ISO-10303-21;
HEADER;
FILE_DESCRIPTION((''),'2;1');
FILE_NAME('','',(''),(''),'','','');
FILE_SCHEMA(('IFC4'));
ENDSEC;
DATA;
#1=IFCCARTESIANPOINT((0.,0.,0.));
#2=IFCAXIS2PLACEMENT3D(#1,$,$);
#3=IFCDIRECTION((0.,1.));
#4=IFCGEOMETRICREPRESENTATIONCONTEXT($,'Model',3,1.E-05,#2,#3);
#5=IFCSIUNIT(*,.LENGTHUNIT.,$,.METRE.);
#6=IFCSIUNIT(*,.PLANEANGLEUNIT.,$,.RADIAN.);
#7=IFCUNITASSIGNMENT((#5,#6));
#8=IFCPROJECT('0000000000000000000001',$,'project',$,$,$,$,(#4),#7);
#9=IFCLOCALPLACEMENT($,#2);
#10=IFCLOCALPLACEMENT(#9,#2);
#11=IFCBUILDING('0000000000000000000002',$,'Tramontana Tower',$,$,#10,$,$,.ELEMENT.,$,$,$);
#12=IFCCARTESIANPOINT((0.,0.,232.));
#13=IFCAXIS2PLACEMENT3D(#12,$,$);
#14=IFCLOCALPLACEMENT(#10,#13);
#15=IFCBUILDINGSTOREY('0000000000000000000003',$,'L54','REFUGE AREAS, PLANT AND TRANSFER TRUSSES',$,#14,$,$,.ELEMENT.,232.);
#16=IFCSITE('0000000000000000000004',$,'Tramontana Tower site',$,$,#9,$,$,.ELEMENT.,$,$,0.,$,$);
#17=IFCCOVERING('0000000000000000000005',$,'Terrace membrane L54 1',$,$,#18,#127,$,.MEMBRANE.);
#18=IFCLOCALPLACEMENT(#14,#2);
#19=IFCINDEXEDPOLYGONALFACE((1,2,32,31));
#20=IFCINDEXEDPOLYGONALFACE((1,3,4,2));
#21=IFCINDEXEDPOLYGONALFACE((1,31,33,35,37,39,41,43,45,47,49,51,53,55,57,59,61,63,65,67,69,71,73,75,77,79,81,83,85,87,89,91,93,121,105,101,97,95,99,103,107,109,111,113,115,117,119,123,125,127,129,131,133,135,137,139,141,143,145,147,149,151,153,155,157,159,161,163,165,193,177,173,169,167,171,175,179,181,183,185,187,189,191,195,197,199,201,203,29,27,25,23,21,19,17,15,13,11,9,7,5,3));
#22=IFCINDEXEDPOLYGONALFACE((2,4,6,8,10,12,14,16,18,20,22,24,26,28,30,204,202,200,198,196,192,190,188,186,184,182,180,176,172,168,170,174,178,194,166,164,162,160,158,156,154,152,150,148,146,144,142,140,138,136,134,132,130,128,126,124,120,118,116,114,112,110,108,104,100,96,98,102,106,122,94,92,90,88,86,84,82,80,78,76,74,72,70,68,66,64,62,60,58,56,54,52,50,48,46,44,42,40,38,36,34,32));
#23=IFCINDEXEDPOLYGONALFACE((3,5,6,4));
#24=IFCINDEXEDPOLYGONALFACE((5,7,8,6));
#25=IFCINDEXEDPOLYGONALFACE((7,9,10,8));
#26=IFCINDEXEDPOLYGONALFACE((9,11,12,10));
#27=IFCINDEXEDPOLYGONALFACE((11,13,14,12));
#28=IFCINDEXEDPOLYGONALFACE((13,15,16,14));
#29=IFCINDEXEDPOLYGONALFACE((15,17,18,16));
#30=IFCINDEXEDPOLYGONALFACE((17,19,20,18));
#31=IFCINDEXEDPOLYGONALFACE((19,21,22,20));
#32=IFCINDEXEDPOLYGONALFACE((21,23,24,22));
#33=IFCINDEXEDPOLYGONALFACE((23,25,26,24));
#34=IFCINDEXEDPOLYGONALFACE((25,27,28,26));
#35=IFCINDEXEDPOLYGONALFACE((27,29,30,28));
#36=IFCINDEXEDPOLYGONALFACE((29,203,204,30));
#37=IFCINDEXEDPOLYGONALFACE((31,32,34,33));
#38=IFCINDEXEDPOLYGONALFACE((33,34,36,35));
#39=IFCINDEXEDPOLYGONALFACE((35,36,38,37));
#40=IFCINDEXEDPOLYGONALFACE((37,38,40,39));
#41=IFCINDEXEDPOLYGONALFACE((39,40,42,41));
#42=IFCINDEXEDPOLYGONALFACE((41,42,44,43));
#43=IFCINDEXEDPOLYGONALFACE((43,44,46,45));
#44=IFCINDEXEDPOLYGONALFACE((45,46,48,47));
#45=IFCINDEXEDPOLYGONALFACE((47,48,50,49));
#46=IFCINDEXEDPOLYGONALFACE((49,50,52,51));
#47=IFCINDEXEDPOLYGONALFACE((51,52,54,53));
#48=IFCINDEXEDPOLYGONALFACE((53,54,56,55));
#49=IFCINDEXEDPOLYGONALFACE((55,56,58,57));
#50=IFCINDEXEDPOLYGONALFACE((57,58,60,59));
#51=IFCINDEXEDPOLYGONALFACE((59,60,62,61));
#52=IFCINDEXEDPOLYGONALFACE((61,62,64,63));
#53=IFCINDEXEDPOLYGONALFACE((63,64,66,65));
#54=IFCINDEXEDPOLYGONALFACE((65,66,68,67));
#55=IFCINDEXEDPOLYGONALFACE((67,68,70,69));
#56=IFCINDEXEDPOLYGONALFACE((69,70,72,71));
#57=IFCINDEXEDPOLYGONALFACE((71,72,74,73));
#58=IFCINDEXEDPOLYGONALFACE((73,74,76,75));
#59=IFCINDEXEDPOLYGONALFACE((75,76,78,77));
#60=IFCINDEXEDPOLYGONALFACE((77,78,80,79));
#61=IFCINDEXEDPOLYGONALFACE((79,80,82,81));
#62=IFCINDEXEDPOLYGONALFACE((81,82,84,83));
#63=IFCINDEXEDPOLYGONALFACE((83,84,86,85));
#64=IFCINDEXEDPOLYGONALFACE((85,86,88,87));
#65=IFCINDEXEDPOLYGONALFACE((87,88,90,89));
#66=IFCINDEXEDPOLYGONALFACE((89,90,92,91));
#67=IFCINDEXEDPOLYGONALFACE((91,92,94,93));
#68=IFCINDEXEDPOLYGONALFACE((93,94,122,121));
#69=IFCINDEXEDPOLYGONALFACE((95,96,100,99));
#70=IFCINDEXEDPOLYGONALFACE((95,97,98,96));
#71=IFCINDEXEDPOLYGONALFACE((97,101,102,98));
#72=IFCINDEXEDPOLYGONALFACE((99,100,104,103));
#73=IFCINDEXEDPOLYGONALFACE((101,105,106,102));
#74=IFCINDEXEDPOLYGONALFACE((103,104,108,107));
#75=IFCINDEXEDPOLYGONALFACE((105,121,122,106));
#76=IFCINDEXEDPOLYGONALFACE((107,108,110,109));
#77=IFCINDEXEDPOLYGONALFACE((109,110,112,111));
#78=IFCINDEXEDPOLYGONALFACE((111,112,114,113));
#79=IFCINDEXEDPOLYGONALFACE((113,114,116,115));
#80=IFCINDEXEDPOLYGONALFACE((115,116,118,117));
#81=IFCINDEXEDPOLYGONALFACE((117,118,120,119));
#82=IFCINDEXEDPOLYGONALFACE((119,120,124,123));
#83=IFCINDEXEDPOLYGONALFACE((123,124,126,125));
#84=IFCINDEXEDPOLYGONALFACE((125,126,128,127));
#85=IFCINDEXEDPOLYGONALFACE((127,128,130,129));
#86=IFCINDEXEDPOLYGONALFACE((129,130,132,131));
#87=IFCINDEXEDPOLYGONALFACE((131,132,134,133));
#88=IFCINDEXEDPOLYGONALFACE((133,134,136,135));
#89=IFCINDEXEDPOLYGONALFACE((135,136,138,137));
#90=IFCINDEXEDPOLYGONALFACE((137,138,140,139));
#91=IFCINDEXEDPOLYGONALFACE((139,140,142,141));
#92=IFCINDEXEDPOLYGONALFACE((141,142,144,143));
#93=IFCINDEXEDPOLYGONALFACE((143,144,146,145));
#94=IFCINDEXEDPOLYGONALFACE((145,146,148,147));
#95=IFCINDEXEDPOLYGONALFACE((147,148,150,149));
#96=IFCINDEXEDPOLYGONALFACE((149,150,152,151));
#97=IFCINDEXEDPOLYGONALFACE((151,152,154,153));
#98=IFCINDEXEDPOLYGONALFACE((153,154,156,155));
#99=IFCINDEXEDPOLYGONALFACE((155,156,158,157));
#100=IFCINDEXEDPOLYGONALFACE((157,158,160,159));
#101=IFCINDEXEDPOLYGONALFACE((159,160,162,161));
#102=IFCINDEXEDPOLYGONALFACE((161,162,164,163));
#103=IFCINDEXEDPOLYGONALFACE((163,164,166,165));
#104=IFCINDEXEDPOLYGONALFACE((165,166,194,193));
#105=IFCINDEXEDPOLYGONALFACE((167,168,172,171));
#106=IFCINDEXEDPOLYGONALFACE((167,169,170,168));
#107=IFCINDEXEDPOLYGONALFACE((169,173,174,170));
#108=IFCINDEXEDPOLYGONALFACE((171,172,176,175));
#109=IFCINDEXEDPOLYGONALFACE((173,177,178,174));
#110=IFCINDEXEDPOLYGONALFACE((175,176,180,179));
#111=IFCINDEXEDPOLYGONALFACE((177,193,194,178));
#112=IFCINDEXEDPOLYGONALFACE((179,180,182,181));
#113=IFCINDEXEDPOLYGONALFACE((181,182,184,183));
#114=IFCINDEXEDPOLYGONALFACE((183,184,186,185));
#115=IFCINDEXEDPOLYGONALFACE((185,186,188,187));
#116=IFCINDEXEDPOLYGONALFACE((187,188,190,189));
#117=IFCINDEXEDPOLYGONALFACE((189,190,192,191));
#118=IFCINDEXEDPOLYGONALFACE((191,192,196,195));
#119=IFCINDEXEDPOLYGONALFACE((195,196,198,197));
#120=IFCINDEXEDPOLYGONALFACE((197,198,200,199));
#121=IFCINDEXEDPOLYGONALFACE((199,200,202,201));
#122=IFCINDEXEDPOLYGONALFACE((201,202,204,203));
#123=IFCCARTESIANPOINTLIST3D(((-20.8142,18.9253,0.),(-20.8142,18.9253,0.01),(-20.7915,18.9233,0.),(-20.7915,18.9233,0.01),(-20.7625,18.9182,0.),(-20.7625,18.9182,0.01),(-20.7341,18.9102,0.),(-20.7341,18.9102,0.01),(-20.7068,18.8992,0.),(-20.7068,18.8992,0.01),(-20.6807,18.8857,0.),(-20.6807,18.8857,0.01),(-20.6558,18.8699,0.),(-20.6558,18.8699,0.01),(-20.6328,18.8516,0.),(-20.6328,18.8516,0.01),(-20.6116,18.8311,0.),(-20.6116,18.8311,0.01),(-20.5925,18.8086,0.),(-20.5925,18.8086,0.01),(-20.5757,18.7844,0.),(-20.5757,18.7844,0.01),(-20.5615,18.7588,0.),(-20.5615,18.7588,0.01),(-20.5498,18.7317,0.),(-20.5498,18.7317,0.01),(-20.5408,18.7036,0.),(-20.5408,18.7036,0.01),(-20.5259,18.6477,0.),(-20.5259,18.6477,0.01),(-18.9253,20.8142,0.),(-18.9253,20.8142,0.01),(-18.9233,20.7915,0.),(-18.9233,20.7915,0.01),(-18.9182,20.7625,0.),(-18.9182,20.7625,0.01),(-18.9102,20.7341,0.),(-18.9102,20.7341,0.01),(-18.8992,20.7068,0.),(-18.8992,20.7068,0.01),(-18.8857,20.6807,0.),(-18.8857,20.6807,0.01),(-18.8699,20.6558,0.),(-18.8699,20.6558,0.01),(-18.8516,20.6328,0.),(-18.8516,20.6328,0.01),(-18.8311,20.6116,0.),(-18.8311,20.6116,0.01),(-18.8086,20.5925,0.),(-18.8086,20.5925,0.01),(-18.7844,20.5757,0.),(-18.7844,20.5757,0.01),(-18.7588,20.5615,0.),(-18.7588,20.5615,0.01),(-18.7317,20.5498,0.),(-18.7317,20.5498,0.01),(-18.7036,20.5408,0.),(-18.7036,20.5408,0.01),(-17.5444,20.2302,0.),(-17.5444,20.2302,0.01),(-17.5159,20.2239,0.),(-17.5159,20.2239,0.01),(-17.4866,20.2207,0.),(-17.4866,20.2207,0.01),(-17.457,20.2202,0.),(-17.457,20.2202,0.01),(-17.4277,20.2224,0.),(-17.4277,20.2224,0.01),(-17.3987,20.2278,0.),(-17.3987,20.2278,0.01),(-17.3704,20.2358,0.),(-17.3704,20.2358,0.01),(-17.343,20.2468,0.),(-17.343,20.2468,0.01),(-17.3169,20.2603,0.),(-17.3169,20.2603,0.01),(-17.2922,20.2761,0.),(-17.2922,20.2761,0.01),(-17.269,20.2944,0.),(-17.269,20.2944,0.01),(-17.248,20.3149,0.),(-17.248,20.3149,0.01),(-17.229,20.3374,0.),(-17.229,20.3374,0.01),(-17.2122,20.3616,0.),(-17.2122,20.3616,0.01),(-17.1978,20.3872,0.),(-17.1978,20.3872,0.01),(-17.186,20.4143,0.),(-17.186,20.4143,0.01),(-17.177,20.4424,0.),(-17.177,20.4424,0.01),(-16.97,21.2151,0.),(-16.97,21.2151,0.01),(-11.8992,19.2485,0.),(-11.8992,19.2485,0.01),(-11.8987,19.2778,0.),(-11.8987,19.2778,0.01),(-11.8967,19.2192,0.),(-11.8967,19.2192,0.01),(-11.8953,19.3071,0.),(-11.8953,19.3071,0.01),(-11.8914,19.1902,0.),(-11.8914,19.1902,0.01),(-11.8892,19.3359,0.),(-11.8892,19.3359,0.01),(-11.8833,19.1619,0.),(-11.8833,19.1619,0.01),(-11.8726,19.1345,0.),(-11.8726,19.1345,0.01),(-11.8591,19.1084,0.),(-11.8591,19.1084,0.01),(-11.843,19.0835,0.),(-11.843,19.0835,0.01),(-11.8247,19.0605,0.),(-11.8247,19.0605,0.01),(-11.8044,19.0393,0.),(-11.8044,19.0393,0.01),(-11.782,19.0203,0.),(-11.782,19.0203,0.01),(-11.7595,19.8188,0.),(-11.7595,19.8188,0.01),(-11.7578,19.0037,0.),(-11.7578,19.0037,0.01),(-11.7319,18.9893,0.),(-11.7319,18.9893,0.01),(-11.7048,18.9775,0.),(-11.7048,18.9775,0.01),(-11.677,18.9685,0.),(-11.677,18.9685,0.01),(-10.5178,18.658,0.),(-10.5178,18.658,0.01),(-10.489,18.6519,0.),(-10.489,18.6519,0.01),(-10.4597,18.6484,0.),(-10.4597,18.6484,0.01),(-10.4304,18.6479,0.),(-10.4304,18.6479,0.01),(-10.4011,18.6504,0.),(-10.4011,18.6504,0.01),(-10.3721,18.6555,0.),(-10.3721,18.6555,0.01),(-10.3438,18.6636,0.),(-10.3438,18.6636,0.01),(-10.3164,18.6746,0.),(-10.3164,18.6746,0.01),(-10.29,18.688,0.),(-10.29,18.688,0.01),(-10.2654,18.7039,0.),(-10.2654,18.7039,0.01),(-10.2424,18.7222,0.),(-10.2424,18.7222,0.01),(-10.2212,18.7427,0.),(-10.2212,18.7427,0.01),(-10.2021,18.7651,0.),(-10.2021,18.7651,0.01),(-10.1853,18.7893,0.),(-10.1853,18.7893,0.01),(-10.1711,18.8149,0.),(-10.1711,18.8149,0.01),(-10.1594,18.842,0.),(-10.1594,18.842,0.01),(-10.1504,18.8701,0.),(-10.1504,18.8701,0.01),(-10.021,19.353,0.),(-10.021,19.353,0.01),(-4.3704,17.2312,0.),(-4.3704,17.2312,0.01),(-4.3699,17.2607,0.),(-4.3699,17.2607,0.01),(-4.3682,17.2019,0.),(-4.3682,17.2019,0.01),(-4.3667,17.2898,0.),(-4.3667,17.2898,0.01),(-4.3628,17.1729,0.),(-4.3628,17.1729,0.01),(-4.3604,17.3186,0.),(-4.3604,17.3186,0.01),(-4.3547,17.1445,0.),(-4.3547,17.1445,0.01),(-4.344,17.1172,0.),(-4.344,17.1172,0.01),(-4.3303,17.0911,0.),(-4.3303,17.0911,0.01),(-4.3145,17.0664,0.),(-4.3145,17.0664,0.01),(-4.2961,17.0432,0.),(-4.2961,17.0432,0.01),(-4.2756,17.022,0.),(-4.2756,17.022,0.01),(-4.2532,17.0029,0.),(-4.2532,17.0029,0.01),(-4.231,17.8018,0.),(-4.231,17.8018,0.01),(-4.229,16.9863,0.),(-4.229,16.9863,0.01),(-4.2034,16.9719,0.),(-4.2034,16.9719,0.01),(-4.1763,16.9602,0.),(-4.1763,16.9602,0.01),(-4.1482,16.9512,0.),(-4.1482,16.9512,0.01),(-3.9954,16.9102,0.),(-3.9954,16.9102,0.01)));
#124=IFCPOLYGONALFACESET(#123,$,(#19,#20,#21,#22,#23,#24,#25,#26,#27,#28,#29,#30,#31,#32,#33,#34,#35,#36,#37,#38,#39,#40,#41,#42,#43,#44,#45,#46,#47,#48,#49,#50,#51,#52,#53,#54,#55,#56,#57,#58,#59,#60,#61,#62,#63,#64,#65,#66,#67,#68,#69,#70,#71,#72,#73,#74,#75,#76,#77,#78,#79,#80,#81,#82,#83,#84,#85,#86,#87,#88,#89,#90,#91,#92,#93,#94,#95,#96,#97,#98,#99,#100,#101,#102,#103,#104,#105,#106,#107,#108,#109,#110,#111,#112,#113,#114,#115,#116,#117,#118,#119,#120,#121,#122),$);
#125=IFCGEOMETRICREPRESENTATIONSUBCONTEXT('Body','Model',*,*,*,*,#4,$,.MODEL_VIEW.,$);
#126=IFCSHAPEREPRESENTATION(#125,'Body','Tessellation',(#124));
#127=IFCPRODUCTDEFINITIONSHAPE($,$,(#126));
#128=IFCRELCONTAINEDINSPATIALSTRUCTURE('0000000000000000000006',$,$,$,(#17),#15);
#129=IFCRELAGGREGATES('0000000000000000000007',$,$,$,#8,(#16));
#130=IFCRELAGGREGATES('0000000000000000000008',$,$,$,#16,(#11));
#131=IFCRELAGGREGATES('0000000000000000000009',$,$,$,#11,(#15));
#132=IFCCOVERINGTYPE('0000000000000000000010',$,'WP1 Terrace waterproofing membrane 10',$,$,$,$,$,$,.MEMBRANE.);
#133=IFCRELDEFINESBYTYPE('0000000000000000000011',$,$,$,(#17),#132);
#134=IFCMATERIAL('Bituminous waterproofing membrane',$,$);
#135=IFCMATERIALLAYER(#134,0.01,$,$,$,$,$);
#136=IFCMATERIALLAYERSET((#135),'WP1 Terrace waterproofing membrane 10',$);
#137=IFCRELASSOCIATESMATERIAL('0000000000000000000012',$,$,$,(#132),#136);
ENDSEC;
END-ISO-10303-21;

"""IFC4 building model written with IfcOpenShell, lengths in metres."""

from ifc_helpers import new_model, si_unit, direction, frame, origin, place, context, subcontext, project, spatial, polyline, outline, extrude, material, layer, layer_set, type_object, element, save


model = new_model("IFC4")

# Units and contexts
model_context = context("Model", 3, precision=1e-05, world=origin(), true_north=direction((0.0, 1.0)))
body_context = subcontext(model_context, "Body", "Model", "MODEL_VIEW")
ifc_project = project(units=[si_unit("LENGTHUNIT", "METRE"), si_unit("PLANEANGLEUNIT", "RADIAN")], contexts=[model_context])

# Site, building, storey
site_placement = place(None, origin())
site = spatial("IfcSite", under=ifc_project, at=site_placement, Name="Tramontana Tower site", CompositionType="ELEMENT", RefElevation=0.0)
building_placement = place(site_placement, origin())
building = spatial("IfcBuilding", under=site, at=building_placement, Name="Tramontana Tower", CompositionType="ELEMENT")
storey_placement = place(building_placement, frame((0.0, 0.0, 232.0)))
storey = spatial("IfcBuildingStorey", under=building, at=storey_placement, Name="L54", Description="REFUGE AREAS, PLANT AND TRANSFER TRUSSES", CompositionType="ELEMENT", Elevation=232.0)

# Covering
ifc_material_1 = material(Name="Bituminous waterproofing membrane")
ifc_layer_1 = layer(ifc_material_1, 0.01)
ifc_layer_set_1 = layer_set([ifc_layer_1], Name="WP1 Terrace waterproofing membrane 10")
covering_type_1 = type_object("IfcCoveringType", Name="WP1 Terrace waterproofing membrane 10", PredefinedType="MEMBRANE", material=ifc_layer_set_1)
covering_1_placement = place(storey_placement, origin())
element("IfcCovering", 1, at=covering_1_placement, inside=storey, type_object=covering_type_1, Name="Terrace membrane L54 1", PredefinedType="MEMBRANE", context=body_context, shape_type="SweptSolid", body=[
    extrude(outline(polyline([(-18.9253, 20.8142), (-18.9233, 20.7915), (-18.9182, 20.7625), (-18.9102, 20.7341), (-18.8992, 20.7068), (-18.8857, 20.6807), (-18.8699, 20.6558), (-18.8516, 20.6328), (-18.8311, 20.6116), (-18.8086, 20.5925), (-18.7844, 20.5757), (-18.7588, 20.5615), (-18.7317, 20.5498), (-18.7036, 20.5408), (-17.5444, 20.2302), (-17.5159, 20.2239), (-17.4866, 20.2207), (-17.457, 20.2202), (-17.4277, 20.2224), (-17.3987, 20.2278), (-17.3704, 20.2358), (-17.343, 20.2468), (-17.3169, 20.2603), (-17.2922, 20.2761), (-17.269, 20.2944), (-17.248, 20.3149), (-17.229, 20.3374), (-17.2122, 20.3616), (-17.1978, 20.3872), (-17.186, 20.4143), (-17.177, 20.4424), (-16.97, 21.2151), (-11.7595, 19.8188), (-11.8892, 19.3359), (-11.8953, 19.3071), (-11.8987, 19.2778), (-11.8992, 19.2485), (-11.8967, 19.2192), (-11.8914, 19.1902), (-11.8833, 19.1619), (-11.8726, 19.1345), (-11.8591, 19.1084), (-11.843, 19.0835), (-11.8247, 19.0605), (-11.8044, 19.0393), (-11.782, 19.0203), (-11.7578, 19.0037), (-11.7319, 18.9893), (-11.7048, 18.9775), (-11.677, 18.9685), (-10.5178, 18.658), (-10.489, 18.6519), (-10.4597, 18.6484), (-10.4304, 18.6479), (-10.4011, 18.6504), (-10.3721, 18.6555), (-10.3438, 18.6636), (-10.3164, 18.6746), (-10.29, 18.688), (-10.2654, 18.7039), (-10.2424, 18.7222), (-10.2212, 18.7427), (-10.2021, 18.7651), (-10.1853, 18.7893), (-10.1711, 18.8149), (-10.1594, 18.842), (-10.1504, 18.8701), (-10.021, 19.353), (-4.231, 17.8018), (-4.3604, 17.3186), (-4.3667, 17.2898), (-4.3699, 17.2607), (-4.3704, 17.2312), (-4.3682, 17.2019), (-4.3628, 17.1729), (-4.3547, 17.1445), (-4.344, 17.1172), (-4.3303, 17.0911), (-4.3145, 17.0664), (-4.2961, 17.0432), (-4.2756, 17.022), (-4.2532, 17.0029), (-4.229, 16.9863), (-4.2034, 16.9719), (-4.1763, 16.9602), (-4.1482, 16.9512), (-3.9954, 16.9102), (-20.5259, 18.6477), (-20.5408, 18.7036), (-20.5498, 18.7317), (-20.5615, 18.7588), (-20.5757, 18.7844), (-20.5925, 18.8086), (-20.6116, 18.8311), (-20.6328, 18.8516), (-20.6558, 18.8699), (-20.6807, 18.8857), (-20.7068, 18.8992), (-20.7341, 18.9102), (-20.7625, 18.9182), (-20.7915, 18.9233), (-20.8142, 18.9253), (-18.9253, 20.8142)])), origin(), (0.0, 0.0, 1.0), 0.01),
])

save(model, "model.ifc")
